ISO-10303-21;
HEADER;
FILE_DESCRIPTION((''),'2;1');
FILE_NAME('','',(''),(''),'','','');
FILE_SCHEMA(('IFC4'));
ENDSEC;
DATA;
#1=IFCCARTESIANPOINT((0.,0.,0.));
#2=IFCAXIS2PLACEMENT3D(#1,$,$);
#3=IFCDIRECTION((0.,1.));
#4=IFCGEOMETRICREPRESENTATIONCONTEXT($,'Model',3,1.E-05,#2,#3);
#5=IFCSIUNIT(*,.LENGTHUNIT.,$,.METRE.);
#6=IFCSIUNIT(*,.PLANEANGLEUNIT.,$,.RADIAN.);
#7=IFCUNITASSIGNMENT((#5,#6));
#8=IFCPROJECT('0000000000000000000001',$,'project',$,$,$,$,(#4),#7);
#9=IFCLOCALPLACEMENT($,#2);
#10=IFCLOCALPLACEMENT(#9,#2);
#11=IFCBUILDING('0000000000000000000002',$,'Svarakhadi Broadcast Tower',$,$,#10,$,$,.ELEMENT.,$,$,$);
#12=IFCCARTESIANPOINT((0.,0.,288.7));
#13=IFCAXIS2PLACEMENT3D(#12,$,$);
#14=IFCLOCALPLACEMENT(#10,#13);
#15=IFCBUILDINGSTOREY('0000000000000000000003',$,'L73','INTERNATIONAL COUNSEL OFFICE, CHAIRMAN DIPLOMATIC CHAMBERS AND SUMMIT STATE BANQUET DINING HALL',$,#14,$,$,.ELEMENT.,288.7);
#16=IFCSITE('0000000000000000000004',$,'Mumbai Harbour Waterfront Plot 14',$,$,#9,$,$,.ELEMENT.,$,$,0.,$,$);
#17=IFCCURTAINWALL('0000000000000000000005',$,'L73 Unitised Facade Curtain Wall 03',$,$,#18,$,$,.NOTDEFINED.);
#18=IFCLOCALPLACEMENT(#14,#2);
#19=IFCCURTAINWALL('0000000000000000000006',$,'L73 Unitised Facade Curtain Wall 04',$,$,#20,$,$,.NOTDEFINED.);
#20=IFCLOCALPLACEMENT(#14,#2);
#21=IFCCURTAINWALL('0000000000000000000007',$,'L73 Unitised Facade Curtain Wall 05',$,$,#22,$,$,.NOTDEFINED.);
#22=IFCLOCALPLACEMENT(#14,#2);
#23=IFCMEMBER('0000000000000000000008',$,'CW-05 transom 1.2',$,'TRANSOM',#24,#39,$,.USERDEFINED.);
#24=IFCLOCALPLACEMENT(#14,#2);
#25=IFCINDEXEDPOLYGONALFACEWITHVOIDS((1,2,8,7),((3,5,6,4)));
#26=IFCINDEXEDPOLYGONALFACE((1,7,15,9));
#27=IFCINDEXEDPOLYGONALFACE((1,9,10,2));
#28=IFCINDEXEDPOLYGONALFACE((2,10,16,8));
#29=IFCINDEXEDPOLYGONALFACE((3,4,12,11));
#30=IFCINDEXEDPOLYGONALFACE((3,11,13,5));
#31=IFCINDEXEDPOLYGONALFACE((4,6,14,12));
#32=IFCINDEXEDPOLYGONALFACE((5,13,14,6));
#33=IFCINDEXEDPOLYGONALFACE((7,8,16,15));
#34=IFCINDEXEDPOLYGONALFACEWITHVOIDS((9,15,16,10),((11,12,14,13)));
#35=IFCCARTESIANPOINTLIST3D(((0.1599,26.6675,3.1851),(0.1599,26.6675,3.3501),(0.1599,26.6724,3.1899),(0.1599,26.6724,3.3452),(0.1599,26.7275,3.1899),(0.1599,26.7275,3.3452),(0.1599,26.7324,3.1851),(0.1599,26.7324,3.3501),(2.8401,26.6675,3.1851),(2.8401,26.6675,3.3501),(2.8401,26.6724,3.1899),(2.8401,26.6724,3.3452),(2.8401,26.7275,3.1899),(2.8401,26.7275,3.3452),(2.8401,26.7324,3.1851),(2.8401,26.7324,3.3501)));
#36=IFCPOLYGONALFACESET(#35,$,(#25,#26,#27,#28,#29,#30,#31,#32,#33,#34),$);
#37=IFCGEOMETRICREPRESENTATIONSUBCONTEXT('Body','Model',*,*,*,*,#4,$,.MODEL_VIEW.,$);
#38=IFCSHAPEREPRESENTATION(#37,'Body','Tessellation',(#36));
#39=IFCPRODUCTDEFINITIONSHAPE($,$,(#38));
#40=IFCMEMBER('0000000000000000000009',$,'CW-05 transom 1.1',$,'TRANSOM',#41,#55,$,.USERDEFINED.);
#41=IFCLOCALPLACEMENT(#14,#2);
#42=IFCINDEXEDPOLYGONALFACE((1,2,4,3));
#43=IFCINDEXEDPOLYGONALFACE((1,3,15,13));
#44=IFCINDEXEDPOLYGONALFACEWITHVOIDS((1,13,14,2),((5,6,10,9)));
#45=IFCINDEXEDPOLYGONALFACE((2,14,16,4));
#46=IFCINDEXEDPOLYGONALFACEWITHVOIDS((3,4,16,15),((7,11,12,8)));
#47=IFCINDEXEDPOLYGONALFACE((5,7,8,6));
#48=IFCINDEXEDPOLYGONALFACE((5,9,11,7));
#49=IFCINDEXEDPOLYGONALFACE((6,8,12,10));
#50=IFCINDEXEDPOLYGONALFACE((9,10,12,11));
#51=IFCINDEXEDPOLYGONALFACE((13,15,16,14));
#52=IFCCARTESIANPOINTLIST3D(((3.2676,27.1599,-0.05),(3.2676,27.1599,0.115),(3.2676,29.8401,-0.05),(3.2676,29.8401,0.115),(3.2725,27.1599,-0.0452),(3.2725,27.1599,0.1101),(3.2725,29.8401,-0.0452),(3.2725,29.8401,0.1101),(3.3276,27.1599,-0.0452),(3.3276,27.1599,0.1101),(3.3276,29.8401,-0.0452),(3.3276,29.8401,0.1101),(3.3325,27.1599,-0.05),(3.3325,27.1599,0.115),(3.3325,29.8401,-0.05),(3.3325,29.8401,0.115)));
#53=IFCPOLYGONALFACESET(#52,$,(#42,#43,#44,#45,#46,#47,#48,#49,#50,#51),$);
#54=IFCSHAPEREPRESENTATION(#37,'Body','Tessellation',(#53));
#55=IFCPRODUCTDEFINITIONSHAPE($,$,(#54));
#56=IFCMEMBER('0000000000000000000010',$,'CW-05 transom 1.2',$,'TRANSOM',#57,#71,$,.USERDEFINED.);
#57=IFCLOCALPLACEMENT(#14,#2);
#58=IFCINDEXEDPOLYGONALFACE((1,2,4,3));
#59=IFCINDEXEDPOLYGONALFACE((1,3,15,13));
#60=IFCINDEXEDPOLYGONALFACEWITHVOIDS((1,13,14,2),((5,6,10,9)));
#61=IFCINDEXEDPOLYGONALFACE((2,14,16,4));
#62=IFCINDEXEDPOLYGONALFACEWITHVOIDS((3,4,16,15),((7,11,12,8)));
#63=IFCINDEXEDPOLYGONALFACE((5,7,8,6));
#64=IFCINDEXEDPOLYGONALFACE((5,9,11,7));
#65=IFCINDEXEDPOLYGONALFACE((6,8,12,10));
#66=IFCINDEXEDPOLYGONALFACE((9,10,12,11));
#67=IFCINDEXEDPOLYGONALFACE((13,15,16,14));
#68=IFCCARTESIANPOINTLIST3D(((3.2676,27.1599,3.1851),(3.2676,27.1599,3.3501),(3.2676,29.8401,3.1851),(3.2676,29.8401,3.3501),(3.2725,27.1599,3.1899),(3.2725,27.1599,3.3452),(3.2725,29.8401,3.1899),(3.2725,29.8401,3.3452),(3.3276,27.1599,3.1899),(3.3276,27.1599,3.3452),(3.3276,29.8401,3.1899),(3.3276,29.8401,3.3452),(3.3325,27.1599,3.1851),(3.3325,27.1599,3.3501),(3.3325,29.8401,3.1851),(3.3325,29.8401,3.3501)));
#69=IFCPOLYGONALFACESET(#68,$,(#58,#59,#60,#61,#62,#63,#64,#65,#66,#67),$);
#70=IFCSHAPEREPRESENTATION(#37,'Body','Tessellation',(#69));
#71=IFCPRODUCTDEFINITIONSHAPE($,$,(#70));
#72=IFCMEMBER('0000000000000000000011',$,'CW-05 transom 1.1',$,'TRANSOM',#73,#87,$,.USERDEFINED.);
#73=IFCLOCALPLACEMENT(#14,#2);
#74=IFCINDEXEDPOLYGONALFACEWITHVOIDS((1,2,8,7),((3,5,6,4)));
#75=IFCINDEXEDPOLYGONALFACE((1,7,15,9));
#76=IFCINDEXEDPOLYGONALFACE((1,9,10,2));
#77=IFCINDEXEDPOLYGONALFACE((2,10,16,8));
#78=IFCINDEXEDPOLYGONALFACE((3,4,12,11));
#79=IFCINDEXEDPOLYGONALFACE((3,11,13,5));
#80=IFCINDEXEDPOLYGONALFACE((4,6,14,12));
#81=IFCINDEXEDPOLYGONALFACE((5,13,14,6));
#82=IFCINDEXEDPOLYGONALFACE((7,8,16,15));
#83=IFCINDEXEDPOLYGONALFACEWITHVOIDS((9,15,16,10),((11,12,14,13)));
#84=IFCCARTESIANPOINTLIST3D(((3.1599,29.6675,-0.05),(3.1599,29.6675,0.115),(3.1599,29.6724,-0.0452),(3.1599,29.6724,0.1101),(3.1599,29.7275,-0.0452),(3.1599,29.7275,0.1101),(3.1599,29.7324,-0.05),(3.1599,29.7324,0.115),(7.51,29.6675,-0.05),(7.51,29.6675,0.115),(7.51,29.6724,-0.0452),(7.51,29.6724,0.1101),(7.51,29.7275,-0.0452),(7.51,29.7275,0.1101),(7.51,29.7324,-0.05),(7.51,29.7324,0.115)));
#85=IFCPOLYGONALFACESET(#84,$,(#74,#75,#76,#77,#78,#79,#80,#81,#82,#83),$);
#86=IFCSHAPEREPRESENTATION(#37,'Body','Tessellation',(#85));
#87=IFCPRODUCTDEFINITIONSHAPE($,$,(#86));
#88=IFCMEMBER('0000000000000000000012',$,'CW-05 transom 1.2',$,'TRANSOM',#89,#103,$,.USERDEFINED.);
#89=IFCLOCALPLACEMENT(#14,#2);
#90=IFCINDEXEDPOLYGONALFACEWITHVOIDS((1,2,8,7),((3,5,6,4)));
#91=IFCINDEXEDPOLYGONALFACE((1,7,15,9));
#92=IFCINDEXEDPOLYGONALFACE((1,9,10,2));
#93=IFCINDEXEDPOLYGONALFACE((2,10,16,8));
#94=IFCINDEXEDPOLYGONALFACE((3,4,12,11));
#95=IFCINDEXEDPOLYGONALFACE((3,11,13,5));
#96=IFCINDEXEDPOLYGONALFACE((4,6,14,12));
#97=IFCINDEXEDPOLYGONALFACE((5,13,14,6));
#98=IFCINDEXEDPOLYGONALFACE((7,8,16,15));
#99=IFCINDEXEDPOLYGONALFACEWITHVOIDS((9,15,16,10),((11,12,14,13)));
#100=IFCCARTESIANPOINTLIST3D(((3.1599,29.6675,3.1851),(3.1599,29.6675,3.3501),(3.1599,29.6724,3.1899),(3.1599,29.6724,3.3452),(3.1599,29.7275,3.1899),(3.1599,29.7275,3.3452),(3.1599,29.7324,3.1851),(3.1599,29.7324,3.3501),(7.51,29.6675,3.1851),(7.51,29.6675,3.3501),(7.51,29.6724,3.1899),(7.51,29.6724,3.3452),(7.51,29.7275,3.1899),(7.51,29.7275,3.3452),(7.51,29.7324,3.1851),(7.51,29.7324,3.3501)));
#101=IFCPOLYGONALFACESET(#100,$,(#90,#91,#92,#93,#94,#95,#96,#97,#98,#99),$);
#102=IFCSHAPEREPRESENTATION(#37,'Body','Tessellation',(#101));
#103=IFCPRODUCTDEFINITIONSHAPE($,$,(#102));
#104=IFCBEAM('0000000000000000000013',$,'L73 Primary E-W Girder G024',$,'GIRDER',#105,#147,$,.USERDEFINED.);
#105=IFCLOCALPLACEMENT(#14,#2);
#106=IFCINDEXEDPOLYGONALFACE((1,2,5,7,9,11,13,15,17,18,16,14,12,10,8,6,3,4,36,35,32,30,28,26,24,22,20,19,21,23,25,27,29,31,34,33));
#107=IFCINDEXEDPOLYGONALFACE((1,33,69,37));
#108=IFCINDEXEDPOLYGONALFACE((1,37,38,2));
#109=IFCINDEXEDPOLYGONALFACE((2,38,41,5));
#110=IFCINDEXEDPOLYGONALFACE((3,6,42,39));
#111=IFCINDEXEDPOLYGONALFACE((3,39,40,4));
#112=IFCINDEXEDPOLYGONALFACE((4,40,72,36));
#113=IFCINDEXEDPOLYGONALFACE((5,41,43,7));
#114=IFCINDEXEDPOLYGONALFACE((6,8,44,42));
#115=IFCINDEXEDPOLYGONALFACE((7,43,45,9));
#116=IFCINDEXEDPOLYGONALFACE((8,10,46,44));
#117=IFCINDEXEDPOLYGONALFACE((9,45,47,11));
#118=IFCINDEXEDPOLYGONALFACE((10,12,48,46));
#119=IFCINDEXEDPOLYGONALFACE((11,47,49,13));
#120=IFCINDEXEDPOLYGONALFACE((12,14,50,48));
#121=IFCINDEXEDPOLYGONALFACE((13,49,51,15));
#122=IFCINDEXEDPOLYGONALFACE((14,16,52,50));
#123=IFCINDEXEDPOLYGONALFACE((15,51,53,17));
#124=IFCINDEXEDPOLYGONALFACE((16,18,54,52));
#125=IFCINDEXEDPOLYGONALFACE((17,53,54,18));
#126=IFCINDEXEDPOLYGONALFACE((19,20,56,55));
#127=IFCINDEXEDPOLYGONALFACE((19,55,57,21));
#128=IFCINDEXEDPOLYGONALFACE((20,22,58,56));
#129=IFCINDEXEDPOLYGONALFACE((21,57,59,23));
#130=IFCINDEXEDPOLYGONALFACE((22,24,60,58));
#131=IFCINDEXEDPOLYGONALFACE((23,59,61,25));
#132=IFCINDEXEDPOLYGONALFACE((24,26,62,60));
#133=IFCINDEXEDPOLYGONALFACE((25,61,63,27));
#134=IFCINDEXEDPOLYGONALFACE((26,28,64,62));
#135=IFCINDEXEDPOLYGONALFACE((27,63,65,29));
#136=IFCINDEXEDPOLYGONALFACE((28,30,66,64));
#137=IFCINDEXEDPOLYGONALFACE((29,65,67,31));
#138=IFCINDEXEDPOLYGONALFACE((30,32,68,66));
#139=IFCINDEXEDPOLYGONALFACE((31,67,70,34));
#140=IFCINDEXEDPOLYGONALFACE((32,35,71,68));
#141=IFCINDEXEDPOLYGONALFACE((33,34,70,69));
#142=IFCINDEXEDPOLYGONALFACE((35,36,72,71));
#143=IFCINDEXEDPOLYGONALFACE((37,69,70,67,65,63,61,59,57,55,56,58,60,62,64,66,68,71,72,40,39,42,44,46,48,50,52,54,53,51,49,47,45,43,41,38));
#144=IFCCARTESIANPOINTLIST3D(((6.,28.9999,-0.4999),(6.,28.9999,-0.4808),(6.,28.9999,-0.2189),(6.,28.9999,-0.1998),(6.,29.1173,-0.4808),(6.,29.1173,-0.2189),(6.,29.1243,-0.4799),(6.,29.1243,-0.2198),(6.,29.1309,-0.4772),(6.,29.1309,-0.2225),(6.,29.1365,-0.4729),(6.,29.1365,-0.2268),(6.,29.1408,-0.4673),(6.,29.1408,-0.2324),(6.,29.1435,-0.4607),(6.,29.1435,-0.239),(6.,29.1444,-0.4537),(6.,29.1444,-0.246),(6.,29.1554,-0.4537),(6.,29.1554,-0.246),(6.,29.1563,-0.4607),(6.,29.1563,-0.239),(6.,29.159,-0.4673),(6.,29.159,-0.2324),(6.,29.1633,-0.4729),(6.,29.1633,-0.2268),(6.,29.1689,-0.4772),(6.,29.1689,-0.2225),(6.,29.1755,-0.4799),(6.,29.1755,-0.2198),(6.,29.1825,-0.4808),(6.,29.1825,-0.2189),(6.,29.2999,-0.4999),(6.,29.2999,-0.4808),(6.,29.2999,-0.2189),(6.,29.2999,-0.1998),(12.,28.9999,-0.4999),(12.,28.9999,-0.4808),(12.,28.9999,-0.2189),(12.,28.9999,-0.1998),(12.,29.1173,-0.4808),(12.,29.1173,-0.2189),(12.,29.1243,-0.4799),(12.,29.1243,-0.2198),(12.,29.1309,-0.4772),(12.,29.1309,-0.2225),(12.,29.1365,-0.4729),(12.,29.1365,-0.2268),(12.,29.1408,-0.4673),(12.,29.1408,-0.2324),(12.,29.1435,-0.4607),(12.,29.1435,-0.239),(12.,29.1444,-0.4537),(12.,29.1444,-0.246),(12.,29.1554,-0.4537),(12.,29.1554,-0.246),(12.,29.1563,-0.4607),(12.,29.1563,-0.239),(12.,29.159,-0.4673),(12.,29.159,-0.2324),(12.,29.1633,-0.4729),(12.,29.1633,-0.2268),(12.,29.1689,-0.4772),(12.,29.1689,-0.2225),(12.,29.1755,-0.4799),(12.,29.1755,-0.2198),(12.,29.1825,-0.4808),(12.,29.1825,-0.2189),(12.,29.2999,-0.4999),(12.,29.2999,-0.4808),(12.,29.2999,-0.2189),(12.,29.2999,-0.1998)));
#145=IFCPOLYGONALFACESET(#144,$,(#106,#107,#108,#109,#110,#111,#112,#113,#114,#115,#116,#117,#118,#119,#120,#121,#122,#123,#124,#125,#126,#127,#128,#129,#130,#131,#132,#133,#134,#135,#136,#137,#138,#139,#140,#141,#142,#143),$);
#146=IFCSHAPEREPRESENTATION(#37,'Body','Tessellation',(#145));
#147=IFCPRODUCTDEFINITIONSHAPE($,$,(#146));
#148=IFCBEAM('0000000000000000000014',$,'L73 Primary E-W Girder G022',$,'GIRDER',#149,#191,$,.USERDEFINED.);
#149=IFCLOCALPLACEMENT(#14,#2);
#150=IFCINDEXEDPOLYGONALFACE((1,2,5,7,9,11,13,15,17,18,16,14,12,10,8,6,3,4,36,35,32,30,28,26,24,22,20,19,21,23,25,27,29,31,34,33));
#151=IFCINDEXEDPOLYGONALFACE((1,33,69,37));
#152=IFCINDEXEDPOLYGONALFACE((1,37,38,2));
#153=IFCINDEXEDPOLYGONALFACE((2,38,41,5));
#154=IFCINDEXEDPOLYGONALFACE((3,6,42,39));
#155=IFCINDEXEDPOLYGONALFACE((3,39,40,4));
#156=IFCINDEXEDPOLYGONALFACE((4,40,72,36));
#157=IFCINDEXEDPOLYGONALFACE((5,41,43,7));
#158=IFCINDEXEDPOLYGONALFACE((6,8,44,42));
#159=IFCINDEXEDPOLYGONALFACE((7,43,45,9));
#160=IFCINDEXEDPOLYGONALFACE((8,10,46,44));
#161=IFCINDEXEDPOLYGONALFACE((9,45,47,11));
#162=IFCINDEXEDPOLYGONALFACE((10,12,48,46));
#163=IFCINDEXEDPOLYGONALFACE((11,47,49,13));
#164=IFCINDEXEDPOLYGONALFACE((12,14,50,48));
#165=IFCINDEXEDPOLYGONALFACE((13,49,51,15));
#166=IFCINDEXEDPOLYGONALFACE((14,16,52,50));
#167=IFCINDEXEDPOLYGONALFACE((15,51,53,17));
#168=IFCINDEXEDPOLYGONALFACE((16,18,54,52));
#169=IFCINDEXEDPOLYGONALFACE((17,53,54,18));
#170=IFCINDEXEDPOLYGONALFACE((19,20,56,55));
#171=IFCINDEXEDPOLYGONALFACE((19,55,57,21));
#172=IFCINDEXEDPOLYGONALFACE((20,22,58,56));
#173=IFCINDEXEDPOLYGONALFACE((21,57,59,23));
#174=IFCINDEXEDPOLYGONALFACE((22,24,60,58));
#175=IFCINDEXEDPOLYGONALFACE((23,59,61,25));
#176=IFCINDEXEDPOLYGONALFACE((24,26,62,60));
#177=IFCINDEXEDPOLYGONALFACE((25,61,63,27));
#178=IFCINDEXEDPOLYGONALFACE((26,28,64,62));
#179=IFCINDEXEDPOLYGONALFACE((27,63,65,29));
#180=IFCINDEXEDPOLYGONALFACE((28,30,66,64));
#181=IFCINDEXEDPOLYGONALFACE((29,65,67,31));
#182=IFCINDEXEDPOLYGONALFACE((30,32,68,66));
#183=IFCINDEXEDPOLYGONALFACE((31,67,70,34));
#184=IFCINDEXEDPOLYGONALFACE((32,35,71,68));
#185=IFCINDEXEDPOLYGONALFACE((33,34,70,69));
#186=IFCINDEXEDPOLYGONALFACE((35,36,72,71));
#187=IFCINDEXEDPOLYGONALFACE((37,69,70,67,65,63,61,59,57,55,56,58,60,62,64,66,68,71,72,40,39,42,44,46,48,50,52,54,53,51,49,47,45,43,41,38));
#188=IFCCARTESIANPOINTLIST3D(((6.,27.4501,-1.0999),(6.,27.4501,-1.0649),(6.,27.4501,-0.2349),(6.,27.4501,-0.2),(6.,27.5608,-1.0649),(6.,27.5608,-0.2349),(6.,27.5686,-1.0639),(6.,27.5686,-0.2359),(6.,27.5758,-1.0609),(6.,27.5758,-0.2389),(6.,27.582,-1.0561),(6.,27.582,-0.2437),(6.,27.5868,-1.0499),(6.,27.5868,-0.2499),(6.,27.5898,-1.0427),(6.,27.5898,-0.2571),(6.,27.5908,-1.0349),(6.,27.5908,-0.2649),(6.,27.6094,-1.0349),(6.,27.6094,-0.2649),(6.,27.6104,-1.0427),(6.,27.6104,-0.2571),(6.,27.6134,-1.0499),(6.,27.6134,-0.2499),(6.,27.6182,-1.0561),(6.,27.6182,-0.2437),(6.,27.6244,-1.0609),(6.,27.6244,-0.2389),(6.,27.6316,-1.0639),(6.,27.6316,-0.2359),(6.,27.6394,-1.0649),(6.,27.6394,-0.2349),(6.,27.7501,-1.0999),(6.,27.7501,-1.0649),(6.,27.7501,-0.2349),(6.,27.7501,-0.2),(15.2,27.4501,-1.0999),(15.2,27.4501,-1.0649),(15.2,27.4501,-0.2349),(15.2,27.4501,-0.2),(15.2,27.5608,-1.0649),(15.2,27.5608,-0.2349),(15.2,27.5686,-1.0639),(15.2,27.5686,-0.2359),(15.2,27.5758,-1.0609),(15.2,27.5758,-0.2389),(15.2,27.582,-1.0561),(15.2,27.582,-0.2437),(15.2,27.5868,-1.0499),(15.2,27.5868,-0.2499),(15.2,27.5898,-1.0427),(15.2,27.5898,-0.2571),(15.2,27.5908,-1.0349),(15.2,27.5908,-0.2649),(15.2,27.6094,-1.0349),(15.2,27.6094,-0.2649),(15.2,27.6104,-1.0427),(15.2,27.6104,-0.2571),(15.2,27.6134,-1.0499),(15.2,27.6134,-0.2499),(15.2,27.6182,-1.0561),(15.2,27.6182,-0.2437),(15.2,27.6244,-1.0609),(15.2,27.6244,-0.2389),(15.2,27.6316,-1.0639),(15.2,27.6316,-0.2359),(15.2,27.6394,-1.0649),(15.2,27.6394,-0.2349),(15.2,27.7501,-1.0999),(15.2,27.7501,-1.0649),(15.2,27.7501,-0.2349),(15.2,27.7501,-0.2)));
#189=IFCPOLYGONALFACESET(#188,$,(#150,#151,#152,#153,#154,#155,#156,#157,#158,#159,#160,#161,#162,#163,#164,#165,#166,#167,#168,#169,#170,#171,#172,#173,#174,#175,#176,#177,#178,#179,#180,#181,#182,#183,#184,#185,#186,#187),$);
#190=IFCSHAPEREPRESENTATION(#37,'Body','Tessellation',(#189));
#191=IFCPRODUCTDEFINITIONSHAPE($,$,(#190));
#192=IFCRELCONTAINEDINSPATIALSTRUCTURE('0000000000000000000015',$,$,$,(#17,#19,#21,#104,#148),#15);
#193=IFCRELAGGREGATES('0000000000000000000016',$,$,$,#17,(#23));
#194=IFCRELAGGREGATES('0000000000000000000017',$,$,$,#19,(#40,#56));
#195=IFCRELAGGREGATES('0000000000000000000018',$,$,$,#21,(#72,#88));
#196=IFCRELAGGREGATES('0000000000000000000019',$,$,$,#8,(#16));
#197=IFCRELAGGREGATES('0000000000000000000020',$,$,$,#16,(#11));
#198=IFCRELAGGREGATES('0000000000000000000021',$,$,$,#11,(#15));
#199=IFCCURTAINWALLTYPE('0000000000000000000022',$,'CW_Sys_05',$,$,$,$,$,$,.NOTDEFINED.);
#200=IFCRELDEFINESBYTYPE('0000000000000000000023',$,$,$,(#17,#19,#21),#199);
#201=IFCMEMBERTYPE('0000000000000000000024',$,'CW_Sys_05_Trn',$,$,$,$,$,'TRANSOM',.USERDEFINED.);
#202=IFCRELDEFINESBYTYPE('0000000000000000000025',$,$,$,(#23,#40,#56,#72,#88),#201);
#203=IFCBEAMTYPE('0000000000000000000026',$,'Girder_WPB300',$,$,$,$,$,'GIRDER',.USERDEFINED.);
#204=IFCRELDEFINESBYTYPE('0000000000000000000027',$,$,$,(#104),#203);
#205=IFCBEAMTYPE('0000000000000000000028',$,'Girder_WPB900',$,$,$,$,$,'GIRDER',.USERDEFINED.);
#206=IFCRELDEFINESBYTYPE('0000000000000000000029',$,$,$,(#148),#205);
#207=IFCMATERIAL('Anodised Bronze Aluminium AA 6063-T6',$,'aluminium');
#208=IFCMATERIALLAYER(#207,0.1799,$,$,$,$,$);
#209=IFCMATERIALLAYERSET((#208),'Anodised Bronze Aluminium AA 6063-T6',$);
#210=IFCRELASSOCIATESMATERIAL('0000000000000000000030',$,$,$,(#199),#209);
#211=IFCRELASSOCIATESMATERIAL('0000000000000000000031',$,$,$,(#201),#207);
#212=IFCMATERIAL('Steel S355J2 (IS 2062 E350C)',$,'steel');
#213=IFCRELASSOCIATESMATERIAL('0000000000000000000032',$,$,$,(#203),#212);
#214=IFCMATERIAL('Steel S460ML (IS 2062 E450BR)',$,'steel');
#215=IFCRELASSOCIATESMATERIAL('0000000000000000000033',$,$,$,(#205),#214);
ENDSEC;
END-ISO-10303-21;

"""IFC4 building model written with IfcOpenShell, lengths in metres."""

from ifc_helpers import new_model, si_unit, direction, frame, origin, origin_2d, place, context, subcontext, project, spatial, hollow_rectangle, i_section, extrude, material, layer, layer_set, material_profile, profile_set, type_object, element, aggregate, save


model = new_model("IFC4")

# Units and contexts
model_context = context("Model", 3, precision=1e-05, world=origin(), true_north=direction((0.0, 1.0)))
body_context = subcontext(model_context, "Body", "Model", "MODEL_VIEW")
ifc_project = project(units=[si_unit("LENGTHUNIT", "METRE"), si_unit("PLANEANGLEUNIT", "RADIAN")], contexts=[model_context])

# Site, building, storey
site_placement = place(None, origin())
site = spatial("IfcSite", under=ifc_project, at=site_placement, Name="Mumbai Harbour Waterfront Plot 14", CompositionType="ELEMENT", RefElevation=0.0)
building_placement = place(site_placement, origin())
building = spatial("IfcBuilding", under=site, at=building_placement, Name="Svarakhadi Broadcast Tower", CompositionType="ELEMENT")
storey_placement = place(building_placement, frame((0.0, 0.0, 288.7)))
storey = spatial("IfcBuildingStorey", under=building, at=storey_placement, Name="L73", Description="INTERNATIONAL COUNSEL OFFICE, CHAIRMAN DIPLOMATIC CHAMBERS AND SUMMIT STATE BANQUET DINING HALL", CompositionType="ELEMENT", Elevation=288.7)

# Shared definitions
ifc_material_1 = material(Name="Steel S460ML (IS 2062 E450BR)", Category="steel")

# Curtain walls
ifc_material_2 = material(Name="Anodised Bronze Aluminium AA 6063-T6", Category="aluminium")
ifc_layer_1 = layer(ifc_material_2, 0.1799)
ifc_layer_set_1 = layer_set([ifc_layer_1], Name="Anodised Bronze Aluminium AA 6063-T6")
curtain_wall_type = type_object("IfcCurtainWallType", Name="CW_Sys_05", PredefinedType="NOTDEFINED", material=ifc_layer_set_1)
curtain_wall_1_placement = place(storey_placement, origin())
curtain_wall_1 = element("IfcCurtainWall", 1, at=curtain_wall_1_placement, inside=storey, type_object=curtain_wall_type, Name="L73 Unitised Facade Curtain Wall 03", PredefinedType="NOTDEFINED")
curtain_wall_2_placement = place(storey_placement, origin())
curtain_wall_2 = element("IfcCurtainWall", 2, at=curtain_wall_2_placement, inside=storey, type_object=curtain_wall_type, Name="L73 Unitised Facade Curtain Wall 04", PredefinedType="NOTDEFINED")

# Curtain wall
curtain_wall_3_placement = place(storey_placement, origin())
curtain_wall_3 = element("IfcCurtainWall", 3, at=curtain_wall_3_placement, inside=storey, type_object=curtain_wall_type, Name="L73 Unitised Facade Curtain Wall 05", PredefinedType="NOTDEFINED")

# Members
ifc_material_profile_1 = material_profile(ifc_material_2, hollow_rectangle(XDim=0.0649, YDim=0.165, WallThickness=0.0049, at=origin_2d()), Name="ALU TRANSOM 165x65x5")
ifc_profile_set_1 = profile_set([ifc_material_profile_1], Name="Anodised Bronze Aluminium AA 6063-T6")
member_type_1 = type_object("IfcMemberType", Name="CW_Sys_05_Trn", ElementType="TRANSOM", PredefinedType="USERDEFINED", material=ifc_profile_set_1)
member_1_placement = place(storey_placement, frame((0.1599, 26.7, 3.2676), z_axis=(1.0, 0.0, 0.0), x_axis=(0.0, 1.0, 0.0)))
member_1 = element("IfcMember", 4, at=member_1_placement, type_object=member_type_1, Name="CW-05 transom 1.2", ObjectType="TRANSOM", PredefinedType="USERDEFINED", context=body_context, shape_type="SweptSolid", body=[
    extrude(hollow_rectangle(XDim=0.0649, YDim=0.165, WallThickness=0.0049, at=origin_2d()), origin(), (0.0, 0.0, 1.0), 2.6802),
])
member_2_placement = place(storey_placement, frame((3.3, 27.1599, 0.0325), z_axis=(0.0, 1.0, 0.0), x_axis=(-1.0, 0.0, 0.0)))
member_2 = element("IfcMember", 5, at=member_2_placement, type_object=member_type_1, Name="CW-05 transom 1.1", ObjectType="TRANSOM", PredefinedType="USERDEFINED", context=body_context, shape_type="SweptSolid", body=[
    extrude(hollow_rectangle(XDim=0.0649, YDim=0.165, WallThickness=0.0049, at=origin_2d()), origin(), (0.0, 0.0, 1.0), 2.6802),
])
member_3_placement = place(storey_placement, frame((3.3, 27.1599, 3.2676), z_axis=(0.0, 1.0, 0.0), x_axis=(-1.0, 0.0, 0.0)))
member_3 = element("IfcMember", 6, at=member_3_placement, type_object=member_type_1, Name="CW-05 transom 1.2", ObjectType="TRANSOM", PredefinedType="USERDEFINED", context=body_context, shape_type="SweptSolid", body=[
    extrude(hollow_rectangle(XDim=0.0649, YDim=0.165, WallThickness=0.0049, at=origin_2d()), origin(), (0.0, 0.0, 1.0), 2.6802),
])
member_4_placement = place(storey_placement, frame((3.1599, 29.7, 0.0325), z_axis=(1.0, 0.0, 0.0), x_axis=(0.0, 1.0, 0.0)))
member_4 = element("IfcMember", 7, at=member_4_placement, type_object=member_type_1, Name="CW-05 transom 1.1", ObjectType="TRANSOM", PredefinedType="USERDEFINED", context=body_context, shape_type="SweptSolid", body=[
    extrude(hollow_rectangle(XDim=0.0649, YDim=0.165, WallThickness=0.0049, at=origin_2d()), origin(), (0.0, 0.0, 1.0), 4.3501),
])
member_5_placement = place(storey_placement, frame((3.1599, 29.7, 3.2676), z_axis=(1.0, 0.0, 0.0), x_axis=(0.0, 1.0, 0.0)))
member_5 = element("IfcMember", 8, at=member_5_placement, type_object=member_type_1, Name="CW-05 transom 1.2", ObjectType="TRANSOM", PredefinedType="USERDEFINED", context=body_context, shape_type="SweptSolid", body=[
    extrude(hollow_rectangle(XDim=0.0649, YDim=0.165, WallThickness=0.0049, at=origin_2d()), origin(), (0.0, 0.0, 1.0), 4.3501),
])

# Beams
ifc_material_3 = material(Name="Steel S355J2 (IS 2062 E350C)", Category="steel")
ifc_material_profile_2 = material_profile(ifc_material_3, i_section(OverallWidth=0.3, OverallDepth=0.3, WebThickness=0.011, FlangeThickness=0.019, FilletRadius=0.0271, at=origin_2d()), Name="WPB 300x300x117")
ifc_profile_set_2 = profile_set([ifc_material_profile_2], Name="Steel S355J2 (IS 2062 E350C)")
beam_type_1 = type_object("IfcBeamType", Name="Girder_WPB300", ElementType="GIRDER", PredefinedType="USERDEFINED", material=ifc_profile_set_2)
beam_1_placement = place(storey_placement, frame((6.0, 29.1499, -0.3499), z_axis=(1.0, 0.0, 0.0), x_axis=(0.0, 1.0, 0.0)))
element("IfcBeam", 9, at=beam_1_placement, inside=storey, type_object=beam_type_1, Name="L73 Primary E-W Girder G024", ObjectType="GIRDER", PredefinedType="USERDEFINED", context=body_context, shape_type="SweptSolid", body=[
    extrude(i_section(OverallWidth=0.3, OverallDepth=0.3, WebThickness=0.011, FlangeThickness=0.019, FilletRadius=0.0271, at=origin_2d()), origin(), (0.0, 0.0, 1.0), 6.0),
])
ifc_material_profile_3 = material_profile(ifc_material_1, i_section(OverallWidth=0.3, OverallDepth=0.8999, WebThickness=0.0186, FlangeThickness=0.0349, FilletRadius=0.03, at=origin_2d()), Name="WPB 900x300x291")
ifc_profile_set_3 = profile_set([ifc_material_profile_3], Name="Steel S460ML (IS 2062 E450BR)")
beam_type_2 = type_object("IfcBeamType", Name="Girder_WPB900", ElementType="GIRDER", PredefinedType="USERDEFINED", material=ifc_profile_set_3)
beam_2_placement = place(storey_placement, frame((6.0, 27.6001, -0.6499), z_axis=(1.0, 0.0, 0.0), x_axis=(0.0, 1.0, 0.0)))
element("IfcBeam", 10, at=beam_2_placement, inside=storey, type_object=beam_type_2, Name="L73 Primary E-W Girder G022", ObjectType="GIRDER", PredefinedType="USERDEFINED", context=body_context, shape_type="SweptSolid", body=[
    extrude(i_section(OverallWidth=0.3, OverallDepth=0.8999, WebThickness=0.0186, FlangeThickness=0.0349, FilletRadius=0.03, at=origin_2d()), origin(), (0.0, 0.0, 1.0), 9.2),
])

aggregate(curtain_wall_1, [member_1])
aggregate(curtain_wall_2, [member_2, member_3])
aggregate(curtain_wall_3, [member_4, member_5])

save(model, "model.ifc")
